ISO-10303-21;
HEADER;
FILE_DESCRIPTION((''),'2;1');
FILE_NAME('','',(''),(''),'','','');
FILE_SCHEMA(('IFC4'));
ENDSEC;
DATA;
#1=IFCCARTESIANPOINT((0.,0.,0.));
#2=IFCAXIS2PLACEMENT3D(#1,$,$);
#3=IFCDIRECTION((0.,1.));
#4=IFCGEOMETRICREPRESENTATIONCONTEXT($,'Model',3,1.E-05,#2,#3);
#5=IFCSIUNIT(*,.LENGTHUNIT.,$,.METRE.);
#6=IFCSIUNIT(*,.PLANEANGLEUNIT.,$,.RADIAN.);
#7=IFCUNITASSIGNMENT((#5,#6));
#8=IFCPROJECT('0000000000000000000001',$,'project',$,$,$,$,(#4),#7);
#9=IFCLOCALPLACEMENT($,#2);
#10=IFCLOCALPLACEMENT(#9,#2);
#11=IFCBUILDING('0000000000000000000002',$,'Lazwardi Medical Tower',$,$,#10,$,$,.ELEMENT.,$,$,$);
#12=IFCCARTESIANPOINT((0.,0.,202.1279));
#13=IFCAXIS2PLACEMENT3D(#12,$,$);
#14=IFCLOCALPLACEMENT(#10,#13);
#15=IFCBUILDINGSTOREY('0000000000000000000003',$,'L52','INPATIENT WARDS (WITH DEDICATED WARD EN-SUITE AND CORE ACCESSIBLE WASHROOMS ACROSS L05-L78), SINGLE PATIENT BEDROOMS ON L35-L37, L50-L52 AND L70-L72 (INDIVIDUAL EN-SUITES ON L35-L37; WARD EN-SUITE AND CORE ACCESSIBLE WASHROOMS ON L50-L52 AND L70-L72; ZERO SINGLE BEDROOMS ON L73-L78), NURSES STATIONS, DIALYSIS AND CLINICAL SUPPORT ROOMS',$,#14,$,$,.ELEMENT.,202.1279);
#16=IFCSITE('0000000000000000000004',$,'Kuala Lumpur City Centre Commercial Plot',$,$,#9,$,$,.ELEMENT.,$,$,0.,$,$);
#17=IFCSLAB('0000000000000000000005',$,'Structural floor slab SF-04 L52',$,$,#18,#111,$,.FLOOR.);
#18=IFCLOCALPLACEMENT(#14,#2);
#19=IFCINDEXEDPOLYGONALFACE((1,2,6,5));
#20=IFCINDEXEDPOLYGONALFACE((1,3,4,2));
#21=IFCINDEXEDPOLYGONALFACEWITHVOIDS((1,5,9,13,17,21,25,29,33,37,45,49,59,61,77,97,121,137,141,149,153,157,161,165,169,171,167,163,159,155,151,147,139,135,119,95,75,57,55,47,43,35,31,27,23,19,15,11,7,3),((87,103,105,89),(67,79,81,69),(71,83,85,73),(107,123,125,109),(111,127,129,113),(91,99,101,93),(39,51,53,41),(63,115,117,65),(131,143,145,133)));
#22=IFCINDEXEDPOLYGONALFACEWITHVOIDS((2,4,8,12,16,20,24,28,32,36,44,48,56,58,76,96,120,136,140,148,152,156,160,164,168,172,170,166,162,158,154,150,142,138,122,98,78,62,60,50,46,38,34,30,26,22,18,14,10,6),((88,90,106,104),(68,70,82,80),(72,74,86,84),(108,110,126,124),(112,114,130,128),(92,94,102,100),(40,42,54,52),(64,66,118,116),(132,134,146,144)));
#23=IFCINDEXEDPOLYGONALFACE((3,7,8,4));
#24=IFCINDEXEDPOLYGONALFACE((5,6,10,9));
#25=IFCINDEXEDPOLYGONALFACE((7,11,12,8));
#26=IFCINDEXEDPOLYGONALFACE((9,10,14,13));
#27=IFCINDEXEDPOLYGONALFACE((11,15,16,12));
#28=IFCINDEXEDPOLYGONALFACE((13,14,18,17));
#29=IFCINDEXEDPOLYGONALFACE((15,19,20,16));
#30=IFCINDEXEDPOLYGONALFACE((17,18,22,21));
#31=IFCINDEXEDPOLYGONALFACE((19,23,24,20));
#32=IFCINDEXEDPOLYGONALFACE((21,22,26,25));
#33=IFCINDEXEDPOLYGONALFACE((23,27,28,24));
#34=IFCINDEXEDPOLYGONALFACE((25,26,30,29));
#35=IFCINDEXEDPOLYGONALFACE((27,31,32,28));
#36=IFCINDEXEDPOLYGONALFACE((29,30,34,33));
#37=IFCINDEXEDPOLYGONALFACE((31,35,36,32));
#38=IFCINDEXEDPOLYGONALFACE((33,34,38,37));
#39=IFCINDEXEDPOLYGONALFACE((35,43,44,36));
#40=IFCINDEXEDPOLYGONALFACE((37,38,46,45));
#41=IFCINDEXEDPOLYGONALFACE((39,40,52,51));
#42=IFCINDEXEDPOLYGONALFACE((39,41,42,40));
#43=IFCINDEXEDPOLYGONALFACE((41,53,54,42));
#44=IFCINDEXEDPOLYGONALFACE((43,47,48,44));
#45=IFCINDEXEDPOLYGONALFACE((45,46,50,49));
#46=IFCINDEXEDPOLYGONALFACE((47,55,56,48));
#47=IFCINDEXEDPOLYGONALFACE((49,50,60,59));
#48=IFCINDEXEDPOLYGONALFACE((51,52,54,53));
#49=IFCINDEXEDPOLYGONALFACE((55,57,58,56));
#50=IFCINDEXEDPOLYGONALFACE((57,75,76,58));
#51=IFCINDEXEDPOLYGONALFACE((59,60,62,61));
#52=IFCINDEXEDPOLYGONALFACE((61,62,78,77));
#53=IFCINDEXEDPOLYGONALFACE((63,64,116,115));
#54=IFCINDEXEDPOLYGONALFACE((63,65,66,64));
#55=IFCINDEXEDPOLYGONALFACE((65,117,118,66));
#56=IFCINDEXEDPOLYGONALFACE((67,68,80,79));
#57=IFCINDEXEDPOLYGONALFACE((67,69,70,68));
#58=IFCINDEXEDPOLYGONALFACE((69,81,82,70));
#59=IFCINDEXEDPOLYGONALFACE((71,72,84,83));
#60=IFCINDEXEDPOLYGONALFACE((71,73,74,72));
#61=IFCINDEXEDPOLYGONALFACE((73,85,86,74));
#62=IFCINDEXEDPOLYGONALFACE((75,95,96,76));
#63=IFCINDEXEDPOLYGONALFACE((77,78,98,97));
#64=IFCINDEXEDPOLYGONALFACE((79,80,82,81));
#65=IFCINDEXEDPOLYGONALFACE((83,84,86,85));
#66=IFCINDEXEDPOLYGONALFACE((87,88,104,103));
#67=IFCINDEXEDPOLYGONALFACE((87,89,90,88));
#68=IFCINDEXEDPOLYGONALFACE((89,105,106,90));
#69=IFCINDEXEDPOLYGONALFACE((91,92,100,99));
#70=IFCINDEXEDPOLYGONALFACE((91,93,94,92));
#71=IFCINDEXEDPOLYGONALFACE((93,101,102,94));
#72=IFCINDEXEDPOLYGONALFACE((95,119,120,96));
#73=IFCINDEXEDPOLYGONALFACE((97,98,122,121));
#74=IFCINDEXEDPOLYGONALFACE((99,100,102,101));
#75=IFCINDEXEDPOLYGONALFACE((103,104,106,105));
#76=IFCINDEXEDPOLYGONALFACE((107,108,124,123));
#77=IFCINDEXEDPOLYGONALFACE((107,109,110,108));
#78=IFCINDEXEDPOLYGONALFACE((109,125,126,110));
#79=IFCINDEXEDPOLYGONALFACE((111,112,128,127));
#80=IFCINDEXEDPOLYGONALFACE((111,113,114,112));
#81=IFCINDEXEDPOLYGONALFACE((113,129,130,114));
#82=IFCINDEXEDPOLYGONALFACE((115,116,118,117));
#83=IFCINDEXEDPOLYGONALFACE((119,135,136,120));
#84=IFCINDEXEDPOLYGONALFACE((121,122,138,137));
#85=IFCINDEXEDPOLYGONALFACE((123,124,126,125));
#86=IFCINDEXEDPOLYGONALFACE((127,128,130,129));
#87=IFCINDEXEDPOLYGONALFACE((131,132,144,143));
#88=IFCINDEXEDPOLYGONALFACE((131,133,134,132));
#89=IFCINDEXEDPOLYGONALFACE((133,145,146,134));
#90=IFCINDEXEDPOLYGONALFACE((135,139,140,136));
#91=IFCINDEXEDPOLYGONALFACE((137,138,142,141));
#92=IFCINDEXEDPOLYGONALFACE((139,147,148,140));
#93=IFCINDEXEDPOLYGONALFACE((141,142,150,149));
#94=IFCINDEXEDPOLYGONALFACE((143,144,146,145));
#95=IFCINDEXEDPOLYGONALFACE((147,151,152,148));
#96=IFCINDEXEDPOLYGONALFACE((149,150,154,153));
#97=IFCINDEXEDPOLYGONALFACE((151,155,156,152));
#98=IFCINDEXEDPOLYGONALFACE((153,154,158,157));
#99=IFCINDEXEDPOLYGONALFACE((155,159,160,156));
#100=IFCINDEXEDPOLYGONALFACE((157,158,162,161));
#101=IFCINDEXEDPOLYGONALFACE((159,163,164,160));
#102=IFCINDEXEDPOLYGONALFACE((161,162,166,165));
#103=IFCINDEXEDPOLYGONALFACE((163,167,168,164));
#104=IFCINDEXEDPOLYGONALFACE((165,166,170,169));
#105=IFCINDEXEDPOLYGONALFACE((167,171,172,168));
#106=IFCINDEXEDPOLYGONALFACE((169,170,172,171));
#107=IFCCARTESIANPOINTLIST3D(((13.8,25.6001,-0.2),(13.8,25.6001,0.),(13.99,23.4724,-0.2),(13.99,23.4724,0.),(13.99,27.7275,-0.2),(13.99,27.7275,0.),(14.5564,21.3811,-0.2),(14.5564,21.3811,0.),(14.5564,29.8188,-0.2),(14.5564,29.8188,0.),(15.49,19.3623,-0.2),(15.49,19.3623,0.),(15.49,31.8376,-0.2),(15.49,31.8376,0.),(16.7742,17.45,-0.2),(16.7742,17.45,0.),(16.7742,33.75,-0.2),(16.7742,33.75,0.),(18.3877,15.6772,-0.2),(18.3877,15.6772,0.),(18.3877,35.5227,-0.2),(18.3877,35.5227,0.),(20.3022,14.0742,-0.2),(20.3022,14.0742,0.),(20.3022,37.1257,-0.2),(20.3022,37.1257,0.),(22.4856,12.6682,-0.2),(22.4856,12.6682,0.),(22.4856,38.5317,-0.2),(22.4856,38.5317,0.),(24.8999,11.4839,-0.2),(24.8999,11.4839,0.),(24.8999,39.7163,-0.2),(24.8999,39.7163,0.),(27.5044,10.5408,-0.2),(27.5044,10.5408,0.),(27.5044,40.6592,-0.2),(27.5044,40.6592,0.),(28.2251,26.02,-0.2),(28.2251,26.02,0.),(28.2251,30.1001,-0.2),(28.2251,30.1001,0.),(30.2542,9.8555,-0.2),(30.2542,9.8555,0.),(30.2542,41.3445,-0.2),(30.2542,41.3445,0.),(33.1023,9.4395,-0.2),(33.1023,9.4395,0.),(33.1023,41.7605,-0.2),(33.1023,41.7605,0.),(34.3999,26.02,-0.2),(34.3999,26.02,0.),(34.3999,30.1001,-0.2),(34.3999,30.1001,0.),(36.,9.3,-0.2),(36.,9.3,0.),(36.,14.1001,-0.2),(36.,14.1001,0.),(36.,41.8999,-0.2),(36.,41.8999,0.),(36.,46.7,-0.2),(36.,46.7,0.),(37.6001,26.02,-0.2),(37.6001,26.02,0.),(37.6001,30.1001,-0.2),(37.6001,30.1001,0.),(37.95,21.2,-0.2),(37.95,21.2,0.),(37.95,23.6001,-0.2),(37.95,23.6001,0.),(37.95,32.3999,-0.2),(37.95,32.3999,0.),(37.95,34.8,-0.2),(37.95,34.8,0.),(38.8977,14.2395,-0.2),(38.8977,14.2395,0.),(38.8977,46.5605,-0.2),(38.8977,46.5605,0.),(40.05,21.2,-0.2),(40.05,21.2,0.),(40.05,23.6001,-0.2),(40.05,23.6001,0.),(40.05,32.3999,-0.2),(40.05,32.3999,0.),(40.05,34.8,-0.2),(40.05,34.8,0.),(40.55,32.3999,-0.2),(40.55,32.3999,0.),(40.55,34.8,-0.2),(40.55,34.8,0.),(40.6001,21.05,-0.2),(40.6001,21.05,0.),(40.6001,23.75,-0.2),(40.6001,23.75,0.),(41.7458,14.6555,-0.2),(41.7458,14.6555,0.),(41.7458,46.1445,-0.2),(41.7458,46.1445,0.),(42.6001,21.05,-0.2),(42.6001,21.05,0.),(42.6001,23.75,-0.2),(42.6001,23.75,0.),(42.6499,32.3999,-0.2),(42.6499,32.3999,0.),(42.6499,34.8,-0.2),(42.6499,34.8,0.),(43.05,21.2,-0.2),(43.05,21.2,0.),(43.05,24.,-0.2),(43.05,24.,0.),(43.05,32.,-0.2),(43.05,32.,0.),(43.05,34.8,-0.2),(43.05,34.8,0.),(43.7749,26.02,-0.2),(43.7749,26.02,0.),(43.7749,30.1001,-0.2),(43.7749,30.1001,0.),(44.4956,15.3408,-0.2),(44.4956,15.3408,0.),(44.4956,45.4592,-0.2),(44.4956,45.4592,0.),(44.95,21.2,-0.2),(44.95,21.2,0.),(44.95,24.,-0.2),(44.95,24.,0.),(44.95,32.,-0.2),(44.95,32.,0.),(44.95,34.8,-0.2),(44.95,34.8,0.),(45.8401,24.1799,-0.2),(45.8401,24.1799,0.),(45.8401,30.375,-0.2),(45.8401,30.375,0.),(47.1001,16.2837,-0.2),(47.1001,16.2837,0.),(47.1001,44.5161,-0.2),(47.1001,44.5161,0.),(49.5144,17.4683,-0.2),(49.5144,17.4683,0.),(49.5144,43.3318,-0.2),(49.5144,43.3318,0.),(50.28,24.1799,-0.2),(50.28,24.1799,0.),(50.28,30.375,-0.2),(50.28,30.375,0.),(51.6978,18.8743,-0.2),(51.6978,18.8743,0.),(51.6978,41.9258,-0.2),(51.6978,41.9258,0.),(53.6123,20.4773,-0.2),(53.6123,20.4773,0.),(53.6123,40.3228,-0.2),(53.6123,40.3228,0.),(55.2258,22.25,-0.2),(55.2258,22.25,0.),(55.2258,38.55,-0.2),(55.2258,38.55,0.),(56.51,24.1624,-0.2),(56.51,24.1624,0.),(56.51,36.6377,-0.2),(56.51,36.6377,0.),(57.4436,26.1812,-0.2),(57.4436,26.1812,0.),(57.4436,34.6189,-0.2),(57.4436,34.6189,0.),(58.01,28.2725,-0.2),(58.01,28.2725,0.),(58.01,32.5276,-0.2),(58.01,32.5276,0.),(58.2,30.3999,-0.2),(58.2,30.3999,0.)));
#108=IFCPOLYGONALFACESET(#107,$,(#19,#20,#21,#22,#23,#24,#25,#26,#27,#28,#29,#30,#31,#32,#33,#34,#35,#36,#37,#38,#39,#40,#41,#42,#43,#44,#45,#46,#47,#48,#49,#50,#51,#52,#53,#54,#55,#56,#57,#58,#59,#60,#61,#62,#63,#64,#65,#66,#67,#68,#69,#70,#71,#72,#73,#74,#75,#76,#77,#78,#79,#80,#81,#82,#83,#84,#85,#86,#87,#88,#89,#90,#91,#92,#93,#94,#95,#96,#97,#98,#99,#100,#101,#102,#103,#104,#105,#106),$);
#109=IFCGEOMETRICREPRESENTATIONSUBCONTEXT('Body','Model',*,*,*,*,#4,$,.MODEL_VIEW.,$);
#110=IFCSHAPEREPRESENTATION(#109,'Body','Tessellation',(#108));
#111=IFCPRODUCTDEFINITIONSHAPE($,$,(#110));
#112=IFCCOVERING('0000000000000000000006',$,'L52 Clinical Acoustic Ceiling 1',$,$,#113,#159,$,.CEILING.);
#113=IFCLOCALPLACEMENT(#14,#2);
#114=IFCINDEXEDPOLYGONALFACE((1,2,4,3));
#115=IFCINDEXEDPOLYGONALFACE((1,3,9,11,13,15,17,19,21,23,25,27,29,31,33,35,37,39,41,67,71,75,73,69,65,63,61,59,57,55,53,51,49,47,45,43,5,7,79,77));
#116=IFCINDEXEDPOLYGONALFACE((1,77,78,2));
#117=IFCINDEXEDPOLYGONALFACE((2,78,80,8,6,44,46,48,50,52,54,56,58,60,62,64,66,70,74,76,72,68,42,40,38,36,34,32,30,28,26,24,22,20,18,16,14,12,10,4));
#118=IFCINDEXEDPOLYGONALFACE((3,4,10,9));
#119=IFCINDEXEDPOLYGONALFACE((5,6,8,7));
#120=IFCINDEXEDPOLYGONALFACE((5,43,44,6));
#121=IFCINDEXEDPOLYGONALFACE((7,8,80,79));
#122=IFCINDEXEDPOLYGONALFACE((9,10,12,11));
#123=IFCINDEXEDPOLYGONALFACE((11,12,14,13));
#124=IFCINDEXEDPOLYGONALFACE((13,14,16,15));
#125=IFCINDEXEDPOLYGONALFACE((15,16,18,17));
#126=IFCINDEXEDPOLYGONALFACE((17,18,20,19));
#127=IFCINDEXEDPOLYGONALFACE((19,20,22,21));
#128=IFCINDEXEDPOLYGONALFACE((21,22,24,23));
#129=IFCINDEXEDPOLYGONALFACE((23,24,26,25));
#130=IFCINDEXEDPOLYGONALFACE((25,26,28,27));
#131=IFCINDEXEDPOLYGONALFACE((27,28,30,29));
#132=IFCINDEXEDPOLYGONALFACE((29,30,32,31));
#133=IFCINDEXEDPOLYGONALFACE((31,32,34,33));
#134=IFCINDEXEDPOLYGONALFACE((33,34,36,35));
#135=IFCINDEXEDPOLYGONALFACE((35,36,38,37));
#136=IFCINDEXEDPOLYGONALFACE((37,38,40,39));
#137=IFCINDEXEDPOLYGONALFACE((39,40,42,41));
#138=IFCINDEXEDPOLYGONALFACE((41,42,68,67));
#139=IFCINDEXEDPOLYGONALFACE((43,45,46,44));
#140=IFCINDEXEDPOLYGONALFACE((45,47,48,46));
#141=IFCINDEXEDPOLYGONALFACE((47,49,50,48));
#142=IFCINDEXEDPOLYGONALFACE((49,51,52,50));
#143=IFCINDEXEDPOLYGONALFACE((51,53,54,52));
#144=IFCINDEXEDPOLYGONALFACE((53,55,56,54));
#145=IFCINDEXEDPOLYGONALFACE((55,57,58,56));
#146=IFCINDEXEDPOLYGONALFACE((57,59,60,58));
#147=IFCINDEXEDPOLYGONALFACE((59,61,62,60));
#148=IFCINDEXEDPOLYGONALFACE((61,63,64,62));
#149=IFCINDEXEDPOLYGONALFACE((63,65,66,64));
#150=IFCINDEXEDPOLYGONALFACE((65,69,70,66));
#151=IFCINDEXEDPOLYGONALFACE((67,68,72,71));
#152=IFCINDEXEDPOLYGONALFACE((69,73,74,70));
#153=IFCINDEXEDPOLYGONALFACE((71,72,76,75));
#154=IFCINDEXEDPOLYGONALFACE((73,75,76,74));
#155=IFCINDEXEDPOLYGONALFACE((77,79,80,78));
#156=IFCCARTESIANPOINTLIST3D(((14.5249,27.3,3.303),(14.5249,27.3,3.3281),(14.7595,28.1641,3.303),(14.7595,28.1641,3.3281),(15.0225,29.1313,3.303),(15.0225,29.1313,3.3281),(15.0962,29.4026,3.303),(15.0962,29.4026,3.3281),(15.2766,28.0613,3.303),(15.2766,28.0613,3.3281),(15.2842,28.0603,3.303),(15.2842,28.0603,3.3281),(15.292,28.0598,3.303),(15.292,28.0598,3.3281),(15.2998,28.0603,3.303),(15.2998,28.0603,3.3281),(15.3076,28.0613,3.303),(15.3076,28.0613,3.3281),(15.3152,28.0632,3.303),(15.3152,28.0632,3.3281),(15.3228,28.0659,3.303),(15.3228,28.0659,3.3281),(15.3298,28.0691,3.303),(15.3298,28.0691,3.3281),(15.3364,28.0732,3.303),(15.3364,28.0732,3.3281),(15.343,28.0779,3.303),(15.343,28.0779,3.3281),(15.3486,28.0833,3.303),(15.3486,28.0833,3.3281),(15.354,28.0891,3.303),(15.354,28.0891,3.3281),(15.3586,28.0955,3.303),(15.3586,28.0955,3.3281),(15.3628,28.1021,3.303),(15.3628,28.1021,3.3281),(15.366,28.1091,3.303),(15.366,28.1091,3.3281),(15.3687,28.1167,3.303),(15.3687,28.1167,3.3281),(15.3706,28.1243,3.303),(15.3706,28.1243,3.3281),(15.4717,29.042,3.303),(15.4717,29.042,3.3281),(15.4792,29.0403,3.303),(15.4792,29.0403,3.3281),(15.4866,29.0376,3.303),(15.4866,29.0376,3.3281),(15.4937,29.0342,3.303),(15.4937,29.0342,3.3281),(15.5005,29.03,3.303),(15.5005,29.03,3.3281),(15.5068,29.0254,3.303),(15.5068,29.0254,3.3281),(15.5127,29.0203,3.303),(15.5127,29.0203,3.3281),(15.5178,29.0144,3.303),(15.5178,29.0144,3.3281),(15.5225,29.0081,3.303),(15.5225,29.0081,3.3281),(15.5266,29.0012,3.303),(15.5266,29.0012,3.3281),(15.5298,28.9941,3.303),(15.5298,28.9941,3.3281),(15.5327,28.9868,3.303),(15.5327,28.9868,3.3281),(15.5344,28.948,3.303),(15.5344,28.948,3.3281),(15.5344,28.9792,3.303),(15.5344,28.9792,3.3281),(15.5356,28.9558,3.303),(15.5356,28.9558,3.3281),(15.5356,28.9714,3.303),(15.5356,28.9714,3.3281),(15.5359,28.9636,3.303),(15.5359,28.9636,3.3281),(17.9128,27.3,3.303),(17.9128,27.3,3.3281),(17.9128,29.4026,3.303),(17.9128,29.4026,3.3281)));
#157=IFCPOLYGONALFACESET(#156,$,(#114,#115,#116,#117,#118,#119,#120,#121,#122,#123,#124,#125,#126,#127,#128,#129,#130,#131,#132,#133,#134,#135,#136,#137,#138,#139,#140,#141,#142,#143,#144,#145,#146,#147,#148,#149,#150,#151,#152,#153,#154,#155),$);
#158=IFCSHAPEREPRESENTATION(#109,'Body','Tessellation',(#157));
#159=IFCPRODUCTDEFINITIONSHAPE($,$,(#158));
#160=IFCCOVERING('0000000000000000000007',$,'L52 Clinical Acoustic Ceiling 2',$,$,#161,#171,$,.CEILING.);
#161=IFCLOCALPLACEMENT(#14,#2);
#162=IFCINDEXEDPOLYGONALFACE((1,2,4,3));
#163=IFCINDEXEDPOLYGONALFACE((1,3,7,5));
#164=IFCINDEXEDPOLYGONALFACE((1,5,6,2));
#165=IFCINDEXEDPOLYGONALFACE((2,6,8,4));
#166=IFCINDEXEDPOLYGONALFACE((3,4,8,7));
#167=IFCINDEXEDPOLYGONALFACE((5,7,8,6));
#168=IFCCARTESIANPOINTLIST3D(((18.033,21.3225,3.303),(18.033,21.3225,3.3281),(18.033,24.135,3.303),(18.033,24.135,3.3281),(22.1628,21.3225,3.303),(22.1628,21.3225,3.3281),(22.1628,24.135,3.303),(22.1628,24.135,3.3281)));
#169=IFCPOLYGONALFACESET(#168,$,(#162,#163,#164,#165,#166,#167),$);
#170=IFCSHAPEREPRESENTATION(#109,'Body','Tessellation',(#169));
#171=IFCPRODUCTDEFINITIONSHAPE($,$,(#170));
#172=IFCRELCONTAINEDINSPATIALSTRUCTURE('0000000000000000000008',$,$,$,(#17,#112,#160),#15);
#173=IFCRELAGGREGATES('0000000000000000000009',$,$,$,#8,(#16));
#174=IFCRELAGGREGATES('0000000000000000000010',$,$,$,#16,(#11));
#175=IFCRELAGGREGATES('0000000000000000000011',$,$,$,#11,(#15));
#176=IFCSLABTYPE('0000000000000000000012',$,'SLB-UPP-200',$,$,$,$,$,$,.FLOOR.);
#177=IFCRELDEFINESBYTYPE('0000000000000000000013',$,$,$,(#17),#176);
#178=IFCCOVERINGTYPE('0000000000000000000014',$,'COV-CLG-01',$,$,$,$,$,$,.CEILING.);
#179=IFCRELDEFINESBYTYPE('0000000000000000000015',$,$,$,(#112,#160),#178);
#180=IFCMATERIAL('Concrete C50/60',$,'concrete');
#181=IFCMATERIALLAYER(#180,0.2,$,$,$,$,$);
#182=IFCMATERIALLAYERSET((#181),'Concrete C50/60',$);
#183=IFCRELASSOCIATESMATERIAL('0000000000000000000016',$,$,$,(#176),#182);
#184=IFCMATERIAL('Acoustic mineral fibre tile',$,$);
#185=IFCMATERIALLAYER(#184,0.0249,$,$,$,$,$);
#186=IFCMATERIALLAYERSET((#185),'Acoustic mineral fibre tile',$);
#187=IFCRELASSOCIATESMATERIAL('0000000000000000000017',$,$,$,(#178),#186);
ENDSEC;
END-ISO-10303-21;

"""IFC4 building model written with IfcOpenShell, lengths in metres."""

from ifc_helpers import new_model, si_unit, direction, frame, origin, place, context, subcontext, project, spatial, polyline, outline, extrude, material, layer, layer_set, type_object, element, save


model = new_model("IFC4")

# Units and contexts
model_context = context("Model", 3, precision=1e-05, world=origin(), true_north=direction((0.0, 1.0)))
body_context = subcontext(model_context, "Body", "Model", "MODEL_VIEW")
ifc_project = project(units=[si_unit("LENGTHUNIT", "METRE"), si_unit("PLANEANGLEUNIT", "RADIAN")], contexts=[model_context])

# Site, building, storey
site_placement = place(None, origin())
site = spatial("IfcSite", under=ifc_project, at=site_placement, Name="Kuala Lumpur City Centre Commercial Plot", CompositionType="ELEMENT", RefElevation=0.0)
building_placement = place(site_placement, origin())
building = spatial("IfcBuilding", under=site, at=building_placement, Name="Lazwardi Medical Tower", CompositionType="ELEMENT")
storey_placement = place(building_placement, frame((0.0, 0.0, 202.1279)))
storey = spatial("IfcBuildingStorey", under=building, at=storey_placement, Name="L52", Description="INPATIENT WARDS (WITH DEDICATED WARD EN-SUITE AND CORE ACCESSIBLE WASHROOMS ACROSS L05-L78), SINGLE PATIENT BEDROOMS ON L35-L37, L50-L52 AND L70-L72 (INDIVIDUAL EN-SUITES ON L35-L37; WARD EN-SUITE AND CORE ACCESSIBLE WASHROOMS ON L50-L52 AND L70-L72; ZERO SINGLE BEDROOMS ON L73-L78), NURSES STATIONS, DIALYSIS AND CLINICAL SUPPORT ROOMS", CompositionType="ELEMENT", Elevation=202.1279)

# Slab
ifc_material_1 = material(Name="Concrete C50/60", Category="concrete")
ifc_layer_1 = layer(ifc_material_1, 0.2)
ifc_layer_set_1 = layer_set([ifc_layer_1], Name="Concrete C50/60")
slab_type = type_object("IfcSlabType", Name="SLB-UPP-200", PredefinedType="FLOOR", material=ifc_layer_set_1)
slab_placement = place(storey_placement, frame((0.0, 0.0, -0.2)))
element("IfcSlab", 1, at=slab_placement, inside=storey, type_object=slab_type, Name="Structural floor slab SF-04 L52", PredefinedType="FLOOR", context=body_context, shape_type="SweptSolid", body=[
    extrude(outline(polyline([(18.3877, 15.6772), (20.3022, 14.0742), (22.4856, 12.6682), (24.8999, 11.4839), (27.5044, 10.5408), (30.2542, 9.8555), (33.1023, 9.4395), (36.0, 9.3), (36.0, 14.1001), (38.8977, 14.2395), (41.7458, 14.6555), (44.4956, 15.3408), (47.1001, 16.2837), (49.5144, 17.4683), (51.6978, 18.8743), (53.6123, 20.4773), (55.2258, 22.25), (56.51, 24.1624), (57.4436, 26.1812), (58.01, 28.2725), (58.2, 30.3999), (58.01, 32.5276), (57.4436, 34.6189), (56.51, 36.6377), (55.2258, 38.55), (53.6123, 40.3228), (51.6978, 41.9258), (49.5144, 43.3318), (47.1001, 44.5161), (44.4956, 45.4592), (41.7458, 46.1445), (38.8977, 46.5605), (36.0, 46.7), (36.0, 41.8999), (33.1023, 41.7605), (30.2542, 41.3445), (27.5044, 40.6592), (24.8999, 39.7163), (22.4856, 38.5317), (20.3022, 37.1257), (18.3877, 35.5227), (16.7742, 33.75), (15.49, 31.8376), (14.5564, 29.8188), (13.99, 27.7275), (13.8, 25.6001), (13.99, 23.4724), (14.5564, 21.3811), (15.49, 19.3623), (16.7742, 17.45), (18.3877, 15.6772)]), holes=[polyline([(28.2251, 26.02), (28.2251, 30.1001), (34.3999, 30.1001), (34.3999, 26.02), (28.2251, 26.02)]), polyline([(37.6001, 30.1001), (43.7749, 30.1001), (43.7749, 26.02), (37.6001, 26.02), (37.6001, 30.1001)]), polyline([(50.28, 30.375), (50.28, 24.1799), (45.8401, 24.1799), (45.8401, 30.375), (50.28, 30.375)]), polyline([(40.05, 32.3999), (37.95, 32.3999), (37.95, 34.8), (40.05, 34.8), (40.05, 32.3999)]), polyline([(40.55, 32.3999), (40.55, 34.8), (42.6499, 34.8), (42.6499, 32.3999), (40.55, 32.3999)]), polyline([(37.95, 23.6001), (40.05, 23.6001), (40.05, 21.2), (37.95, 21.2), (37.95, 23.6001)]), polyline([(44.95, 34.8), (44.95, 32.0), (43.05, 32.0), (43.05, 34.8), (44.95, 34.8)]), polyline([(44.95, 21.2), (43.05, 21.2), (43.05, 24.0), (44.95, 24.0), (44.95, 21.2)]), polyline([(40.6001, 21.05), (40.6001, 23.75), (42.6001, 23.75), (42.6001, 21.05), (40.6001, 21.05)])]), origin(), (0.0, 0.0, 1.0), 0.2),
])

# Coverings
ifc_material_2 = material(Name="Acoustic mineral fibre tile")
ifc_layer_2 = layer(ifc_material_2, 0.0249)
ifc_layer_set_2 = layer_set([ifc_layer_2], Name="Acoustic mineral fibre tile")
covering_type_1 = type_object("IfcCoveringType", Name="COV-CLG-01", PredefinedType="CEILING", material=ifc_layer_set_2)
covering_1_placement = place(storey_placement, frame((0.0, 0.0, 3.303)))
element("IfcCovering", 2, at=covering_1_placement, inside=storey, type_object=covering_type_1, Name="L52 Clinical Acoustic Ceiling 1", PredefinedType="CEILING", context=body_context, shape_type="SweptSolid", body=[
    extrude(outline(polyline([(15.0962, 29.4026), (15.0225, 29.1313), (15.4717, 29.042), (15.4792, 29.0403), (15.4866, 29.0376), (15.4937, 29.0342), (15.5005, 29.03), (15.5068, 29.0254), (15.5127, 29.0203), (15.5178, 29.0144), (15.5225, 29.0081), (15.5266, 29.0012), (15.5298, 28.9941), (15.5327, 28.9868), (15.5344, 28.9792), (15.5356, 28.9714), (15.5359, 28.9636), (15.5356, 28.9558), (15.5344, 28.948), (15.3706, 28.1243), (15.3687, 28.1167), (15.366, 28.1091), (15.3628, 28.1021), (15.3586, 28.0955), (15.354, 28.0891), (15.3486, 28.0833), (15.343, 28.0779), (15.3364, 28.0732), (15.3298, 28.0691), (15.3228, 28.0659), (15.3152, 28.0632), (15.3076, 28.0613), (15.2998, 28.0603), (15.292, 28.0598), (15.2842, 28.0603), (15.2766, 28.0613), (14.7595, 28.1641), (14.5249, 27.3), (17.9128, 27.3), (17.9128, 29.4026), (15.0962, 29.4026)])), origin(), (0.0, 0.0, 1.0), 0.0251),
])
covering_2_placement = place(storey_placement, frame((0.0, 0.0, 3.303)))
element("IfcCovering", 3, at=covering_2_placement, inside=storey, type_object=covering_type_1, Name="L52 Clinical Acoustic Ceiling 2", PredefinedType="CEILING", context=body_context, shape_type="SweptSolid", body=[
    extrude(outline(polyline([(22.1628, 24.135), (18.033, 24.135), (18.033, 21.3225), (22.1628, 21.3225), (22.1628, 24.135)])), origin(), (0.0, 0.0, 1.0), 0.0251),
])

save(model, "model.ifc")
